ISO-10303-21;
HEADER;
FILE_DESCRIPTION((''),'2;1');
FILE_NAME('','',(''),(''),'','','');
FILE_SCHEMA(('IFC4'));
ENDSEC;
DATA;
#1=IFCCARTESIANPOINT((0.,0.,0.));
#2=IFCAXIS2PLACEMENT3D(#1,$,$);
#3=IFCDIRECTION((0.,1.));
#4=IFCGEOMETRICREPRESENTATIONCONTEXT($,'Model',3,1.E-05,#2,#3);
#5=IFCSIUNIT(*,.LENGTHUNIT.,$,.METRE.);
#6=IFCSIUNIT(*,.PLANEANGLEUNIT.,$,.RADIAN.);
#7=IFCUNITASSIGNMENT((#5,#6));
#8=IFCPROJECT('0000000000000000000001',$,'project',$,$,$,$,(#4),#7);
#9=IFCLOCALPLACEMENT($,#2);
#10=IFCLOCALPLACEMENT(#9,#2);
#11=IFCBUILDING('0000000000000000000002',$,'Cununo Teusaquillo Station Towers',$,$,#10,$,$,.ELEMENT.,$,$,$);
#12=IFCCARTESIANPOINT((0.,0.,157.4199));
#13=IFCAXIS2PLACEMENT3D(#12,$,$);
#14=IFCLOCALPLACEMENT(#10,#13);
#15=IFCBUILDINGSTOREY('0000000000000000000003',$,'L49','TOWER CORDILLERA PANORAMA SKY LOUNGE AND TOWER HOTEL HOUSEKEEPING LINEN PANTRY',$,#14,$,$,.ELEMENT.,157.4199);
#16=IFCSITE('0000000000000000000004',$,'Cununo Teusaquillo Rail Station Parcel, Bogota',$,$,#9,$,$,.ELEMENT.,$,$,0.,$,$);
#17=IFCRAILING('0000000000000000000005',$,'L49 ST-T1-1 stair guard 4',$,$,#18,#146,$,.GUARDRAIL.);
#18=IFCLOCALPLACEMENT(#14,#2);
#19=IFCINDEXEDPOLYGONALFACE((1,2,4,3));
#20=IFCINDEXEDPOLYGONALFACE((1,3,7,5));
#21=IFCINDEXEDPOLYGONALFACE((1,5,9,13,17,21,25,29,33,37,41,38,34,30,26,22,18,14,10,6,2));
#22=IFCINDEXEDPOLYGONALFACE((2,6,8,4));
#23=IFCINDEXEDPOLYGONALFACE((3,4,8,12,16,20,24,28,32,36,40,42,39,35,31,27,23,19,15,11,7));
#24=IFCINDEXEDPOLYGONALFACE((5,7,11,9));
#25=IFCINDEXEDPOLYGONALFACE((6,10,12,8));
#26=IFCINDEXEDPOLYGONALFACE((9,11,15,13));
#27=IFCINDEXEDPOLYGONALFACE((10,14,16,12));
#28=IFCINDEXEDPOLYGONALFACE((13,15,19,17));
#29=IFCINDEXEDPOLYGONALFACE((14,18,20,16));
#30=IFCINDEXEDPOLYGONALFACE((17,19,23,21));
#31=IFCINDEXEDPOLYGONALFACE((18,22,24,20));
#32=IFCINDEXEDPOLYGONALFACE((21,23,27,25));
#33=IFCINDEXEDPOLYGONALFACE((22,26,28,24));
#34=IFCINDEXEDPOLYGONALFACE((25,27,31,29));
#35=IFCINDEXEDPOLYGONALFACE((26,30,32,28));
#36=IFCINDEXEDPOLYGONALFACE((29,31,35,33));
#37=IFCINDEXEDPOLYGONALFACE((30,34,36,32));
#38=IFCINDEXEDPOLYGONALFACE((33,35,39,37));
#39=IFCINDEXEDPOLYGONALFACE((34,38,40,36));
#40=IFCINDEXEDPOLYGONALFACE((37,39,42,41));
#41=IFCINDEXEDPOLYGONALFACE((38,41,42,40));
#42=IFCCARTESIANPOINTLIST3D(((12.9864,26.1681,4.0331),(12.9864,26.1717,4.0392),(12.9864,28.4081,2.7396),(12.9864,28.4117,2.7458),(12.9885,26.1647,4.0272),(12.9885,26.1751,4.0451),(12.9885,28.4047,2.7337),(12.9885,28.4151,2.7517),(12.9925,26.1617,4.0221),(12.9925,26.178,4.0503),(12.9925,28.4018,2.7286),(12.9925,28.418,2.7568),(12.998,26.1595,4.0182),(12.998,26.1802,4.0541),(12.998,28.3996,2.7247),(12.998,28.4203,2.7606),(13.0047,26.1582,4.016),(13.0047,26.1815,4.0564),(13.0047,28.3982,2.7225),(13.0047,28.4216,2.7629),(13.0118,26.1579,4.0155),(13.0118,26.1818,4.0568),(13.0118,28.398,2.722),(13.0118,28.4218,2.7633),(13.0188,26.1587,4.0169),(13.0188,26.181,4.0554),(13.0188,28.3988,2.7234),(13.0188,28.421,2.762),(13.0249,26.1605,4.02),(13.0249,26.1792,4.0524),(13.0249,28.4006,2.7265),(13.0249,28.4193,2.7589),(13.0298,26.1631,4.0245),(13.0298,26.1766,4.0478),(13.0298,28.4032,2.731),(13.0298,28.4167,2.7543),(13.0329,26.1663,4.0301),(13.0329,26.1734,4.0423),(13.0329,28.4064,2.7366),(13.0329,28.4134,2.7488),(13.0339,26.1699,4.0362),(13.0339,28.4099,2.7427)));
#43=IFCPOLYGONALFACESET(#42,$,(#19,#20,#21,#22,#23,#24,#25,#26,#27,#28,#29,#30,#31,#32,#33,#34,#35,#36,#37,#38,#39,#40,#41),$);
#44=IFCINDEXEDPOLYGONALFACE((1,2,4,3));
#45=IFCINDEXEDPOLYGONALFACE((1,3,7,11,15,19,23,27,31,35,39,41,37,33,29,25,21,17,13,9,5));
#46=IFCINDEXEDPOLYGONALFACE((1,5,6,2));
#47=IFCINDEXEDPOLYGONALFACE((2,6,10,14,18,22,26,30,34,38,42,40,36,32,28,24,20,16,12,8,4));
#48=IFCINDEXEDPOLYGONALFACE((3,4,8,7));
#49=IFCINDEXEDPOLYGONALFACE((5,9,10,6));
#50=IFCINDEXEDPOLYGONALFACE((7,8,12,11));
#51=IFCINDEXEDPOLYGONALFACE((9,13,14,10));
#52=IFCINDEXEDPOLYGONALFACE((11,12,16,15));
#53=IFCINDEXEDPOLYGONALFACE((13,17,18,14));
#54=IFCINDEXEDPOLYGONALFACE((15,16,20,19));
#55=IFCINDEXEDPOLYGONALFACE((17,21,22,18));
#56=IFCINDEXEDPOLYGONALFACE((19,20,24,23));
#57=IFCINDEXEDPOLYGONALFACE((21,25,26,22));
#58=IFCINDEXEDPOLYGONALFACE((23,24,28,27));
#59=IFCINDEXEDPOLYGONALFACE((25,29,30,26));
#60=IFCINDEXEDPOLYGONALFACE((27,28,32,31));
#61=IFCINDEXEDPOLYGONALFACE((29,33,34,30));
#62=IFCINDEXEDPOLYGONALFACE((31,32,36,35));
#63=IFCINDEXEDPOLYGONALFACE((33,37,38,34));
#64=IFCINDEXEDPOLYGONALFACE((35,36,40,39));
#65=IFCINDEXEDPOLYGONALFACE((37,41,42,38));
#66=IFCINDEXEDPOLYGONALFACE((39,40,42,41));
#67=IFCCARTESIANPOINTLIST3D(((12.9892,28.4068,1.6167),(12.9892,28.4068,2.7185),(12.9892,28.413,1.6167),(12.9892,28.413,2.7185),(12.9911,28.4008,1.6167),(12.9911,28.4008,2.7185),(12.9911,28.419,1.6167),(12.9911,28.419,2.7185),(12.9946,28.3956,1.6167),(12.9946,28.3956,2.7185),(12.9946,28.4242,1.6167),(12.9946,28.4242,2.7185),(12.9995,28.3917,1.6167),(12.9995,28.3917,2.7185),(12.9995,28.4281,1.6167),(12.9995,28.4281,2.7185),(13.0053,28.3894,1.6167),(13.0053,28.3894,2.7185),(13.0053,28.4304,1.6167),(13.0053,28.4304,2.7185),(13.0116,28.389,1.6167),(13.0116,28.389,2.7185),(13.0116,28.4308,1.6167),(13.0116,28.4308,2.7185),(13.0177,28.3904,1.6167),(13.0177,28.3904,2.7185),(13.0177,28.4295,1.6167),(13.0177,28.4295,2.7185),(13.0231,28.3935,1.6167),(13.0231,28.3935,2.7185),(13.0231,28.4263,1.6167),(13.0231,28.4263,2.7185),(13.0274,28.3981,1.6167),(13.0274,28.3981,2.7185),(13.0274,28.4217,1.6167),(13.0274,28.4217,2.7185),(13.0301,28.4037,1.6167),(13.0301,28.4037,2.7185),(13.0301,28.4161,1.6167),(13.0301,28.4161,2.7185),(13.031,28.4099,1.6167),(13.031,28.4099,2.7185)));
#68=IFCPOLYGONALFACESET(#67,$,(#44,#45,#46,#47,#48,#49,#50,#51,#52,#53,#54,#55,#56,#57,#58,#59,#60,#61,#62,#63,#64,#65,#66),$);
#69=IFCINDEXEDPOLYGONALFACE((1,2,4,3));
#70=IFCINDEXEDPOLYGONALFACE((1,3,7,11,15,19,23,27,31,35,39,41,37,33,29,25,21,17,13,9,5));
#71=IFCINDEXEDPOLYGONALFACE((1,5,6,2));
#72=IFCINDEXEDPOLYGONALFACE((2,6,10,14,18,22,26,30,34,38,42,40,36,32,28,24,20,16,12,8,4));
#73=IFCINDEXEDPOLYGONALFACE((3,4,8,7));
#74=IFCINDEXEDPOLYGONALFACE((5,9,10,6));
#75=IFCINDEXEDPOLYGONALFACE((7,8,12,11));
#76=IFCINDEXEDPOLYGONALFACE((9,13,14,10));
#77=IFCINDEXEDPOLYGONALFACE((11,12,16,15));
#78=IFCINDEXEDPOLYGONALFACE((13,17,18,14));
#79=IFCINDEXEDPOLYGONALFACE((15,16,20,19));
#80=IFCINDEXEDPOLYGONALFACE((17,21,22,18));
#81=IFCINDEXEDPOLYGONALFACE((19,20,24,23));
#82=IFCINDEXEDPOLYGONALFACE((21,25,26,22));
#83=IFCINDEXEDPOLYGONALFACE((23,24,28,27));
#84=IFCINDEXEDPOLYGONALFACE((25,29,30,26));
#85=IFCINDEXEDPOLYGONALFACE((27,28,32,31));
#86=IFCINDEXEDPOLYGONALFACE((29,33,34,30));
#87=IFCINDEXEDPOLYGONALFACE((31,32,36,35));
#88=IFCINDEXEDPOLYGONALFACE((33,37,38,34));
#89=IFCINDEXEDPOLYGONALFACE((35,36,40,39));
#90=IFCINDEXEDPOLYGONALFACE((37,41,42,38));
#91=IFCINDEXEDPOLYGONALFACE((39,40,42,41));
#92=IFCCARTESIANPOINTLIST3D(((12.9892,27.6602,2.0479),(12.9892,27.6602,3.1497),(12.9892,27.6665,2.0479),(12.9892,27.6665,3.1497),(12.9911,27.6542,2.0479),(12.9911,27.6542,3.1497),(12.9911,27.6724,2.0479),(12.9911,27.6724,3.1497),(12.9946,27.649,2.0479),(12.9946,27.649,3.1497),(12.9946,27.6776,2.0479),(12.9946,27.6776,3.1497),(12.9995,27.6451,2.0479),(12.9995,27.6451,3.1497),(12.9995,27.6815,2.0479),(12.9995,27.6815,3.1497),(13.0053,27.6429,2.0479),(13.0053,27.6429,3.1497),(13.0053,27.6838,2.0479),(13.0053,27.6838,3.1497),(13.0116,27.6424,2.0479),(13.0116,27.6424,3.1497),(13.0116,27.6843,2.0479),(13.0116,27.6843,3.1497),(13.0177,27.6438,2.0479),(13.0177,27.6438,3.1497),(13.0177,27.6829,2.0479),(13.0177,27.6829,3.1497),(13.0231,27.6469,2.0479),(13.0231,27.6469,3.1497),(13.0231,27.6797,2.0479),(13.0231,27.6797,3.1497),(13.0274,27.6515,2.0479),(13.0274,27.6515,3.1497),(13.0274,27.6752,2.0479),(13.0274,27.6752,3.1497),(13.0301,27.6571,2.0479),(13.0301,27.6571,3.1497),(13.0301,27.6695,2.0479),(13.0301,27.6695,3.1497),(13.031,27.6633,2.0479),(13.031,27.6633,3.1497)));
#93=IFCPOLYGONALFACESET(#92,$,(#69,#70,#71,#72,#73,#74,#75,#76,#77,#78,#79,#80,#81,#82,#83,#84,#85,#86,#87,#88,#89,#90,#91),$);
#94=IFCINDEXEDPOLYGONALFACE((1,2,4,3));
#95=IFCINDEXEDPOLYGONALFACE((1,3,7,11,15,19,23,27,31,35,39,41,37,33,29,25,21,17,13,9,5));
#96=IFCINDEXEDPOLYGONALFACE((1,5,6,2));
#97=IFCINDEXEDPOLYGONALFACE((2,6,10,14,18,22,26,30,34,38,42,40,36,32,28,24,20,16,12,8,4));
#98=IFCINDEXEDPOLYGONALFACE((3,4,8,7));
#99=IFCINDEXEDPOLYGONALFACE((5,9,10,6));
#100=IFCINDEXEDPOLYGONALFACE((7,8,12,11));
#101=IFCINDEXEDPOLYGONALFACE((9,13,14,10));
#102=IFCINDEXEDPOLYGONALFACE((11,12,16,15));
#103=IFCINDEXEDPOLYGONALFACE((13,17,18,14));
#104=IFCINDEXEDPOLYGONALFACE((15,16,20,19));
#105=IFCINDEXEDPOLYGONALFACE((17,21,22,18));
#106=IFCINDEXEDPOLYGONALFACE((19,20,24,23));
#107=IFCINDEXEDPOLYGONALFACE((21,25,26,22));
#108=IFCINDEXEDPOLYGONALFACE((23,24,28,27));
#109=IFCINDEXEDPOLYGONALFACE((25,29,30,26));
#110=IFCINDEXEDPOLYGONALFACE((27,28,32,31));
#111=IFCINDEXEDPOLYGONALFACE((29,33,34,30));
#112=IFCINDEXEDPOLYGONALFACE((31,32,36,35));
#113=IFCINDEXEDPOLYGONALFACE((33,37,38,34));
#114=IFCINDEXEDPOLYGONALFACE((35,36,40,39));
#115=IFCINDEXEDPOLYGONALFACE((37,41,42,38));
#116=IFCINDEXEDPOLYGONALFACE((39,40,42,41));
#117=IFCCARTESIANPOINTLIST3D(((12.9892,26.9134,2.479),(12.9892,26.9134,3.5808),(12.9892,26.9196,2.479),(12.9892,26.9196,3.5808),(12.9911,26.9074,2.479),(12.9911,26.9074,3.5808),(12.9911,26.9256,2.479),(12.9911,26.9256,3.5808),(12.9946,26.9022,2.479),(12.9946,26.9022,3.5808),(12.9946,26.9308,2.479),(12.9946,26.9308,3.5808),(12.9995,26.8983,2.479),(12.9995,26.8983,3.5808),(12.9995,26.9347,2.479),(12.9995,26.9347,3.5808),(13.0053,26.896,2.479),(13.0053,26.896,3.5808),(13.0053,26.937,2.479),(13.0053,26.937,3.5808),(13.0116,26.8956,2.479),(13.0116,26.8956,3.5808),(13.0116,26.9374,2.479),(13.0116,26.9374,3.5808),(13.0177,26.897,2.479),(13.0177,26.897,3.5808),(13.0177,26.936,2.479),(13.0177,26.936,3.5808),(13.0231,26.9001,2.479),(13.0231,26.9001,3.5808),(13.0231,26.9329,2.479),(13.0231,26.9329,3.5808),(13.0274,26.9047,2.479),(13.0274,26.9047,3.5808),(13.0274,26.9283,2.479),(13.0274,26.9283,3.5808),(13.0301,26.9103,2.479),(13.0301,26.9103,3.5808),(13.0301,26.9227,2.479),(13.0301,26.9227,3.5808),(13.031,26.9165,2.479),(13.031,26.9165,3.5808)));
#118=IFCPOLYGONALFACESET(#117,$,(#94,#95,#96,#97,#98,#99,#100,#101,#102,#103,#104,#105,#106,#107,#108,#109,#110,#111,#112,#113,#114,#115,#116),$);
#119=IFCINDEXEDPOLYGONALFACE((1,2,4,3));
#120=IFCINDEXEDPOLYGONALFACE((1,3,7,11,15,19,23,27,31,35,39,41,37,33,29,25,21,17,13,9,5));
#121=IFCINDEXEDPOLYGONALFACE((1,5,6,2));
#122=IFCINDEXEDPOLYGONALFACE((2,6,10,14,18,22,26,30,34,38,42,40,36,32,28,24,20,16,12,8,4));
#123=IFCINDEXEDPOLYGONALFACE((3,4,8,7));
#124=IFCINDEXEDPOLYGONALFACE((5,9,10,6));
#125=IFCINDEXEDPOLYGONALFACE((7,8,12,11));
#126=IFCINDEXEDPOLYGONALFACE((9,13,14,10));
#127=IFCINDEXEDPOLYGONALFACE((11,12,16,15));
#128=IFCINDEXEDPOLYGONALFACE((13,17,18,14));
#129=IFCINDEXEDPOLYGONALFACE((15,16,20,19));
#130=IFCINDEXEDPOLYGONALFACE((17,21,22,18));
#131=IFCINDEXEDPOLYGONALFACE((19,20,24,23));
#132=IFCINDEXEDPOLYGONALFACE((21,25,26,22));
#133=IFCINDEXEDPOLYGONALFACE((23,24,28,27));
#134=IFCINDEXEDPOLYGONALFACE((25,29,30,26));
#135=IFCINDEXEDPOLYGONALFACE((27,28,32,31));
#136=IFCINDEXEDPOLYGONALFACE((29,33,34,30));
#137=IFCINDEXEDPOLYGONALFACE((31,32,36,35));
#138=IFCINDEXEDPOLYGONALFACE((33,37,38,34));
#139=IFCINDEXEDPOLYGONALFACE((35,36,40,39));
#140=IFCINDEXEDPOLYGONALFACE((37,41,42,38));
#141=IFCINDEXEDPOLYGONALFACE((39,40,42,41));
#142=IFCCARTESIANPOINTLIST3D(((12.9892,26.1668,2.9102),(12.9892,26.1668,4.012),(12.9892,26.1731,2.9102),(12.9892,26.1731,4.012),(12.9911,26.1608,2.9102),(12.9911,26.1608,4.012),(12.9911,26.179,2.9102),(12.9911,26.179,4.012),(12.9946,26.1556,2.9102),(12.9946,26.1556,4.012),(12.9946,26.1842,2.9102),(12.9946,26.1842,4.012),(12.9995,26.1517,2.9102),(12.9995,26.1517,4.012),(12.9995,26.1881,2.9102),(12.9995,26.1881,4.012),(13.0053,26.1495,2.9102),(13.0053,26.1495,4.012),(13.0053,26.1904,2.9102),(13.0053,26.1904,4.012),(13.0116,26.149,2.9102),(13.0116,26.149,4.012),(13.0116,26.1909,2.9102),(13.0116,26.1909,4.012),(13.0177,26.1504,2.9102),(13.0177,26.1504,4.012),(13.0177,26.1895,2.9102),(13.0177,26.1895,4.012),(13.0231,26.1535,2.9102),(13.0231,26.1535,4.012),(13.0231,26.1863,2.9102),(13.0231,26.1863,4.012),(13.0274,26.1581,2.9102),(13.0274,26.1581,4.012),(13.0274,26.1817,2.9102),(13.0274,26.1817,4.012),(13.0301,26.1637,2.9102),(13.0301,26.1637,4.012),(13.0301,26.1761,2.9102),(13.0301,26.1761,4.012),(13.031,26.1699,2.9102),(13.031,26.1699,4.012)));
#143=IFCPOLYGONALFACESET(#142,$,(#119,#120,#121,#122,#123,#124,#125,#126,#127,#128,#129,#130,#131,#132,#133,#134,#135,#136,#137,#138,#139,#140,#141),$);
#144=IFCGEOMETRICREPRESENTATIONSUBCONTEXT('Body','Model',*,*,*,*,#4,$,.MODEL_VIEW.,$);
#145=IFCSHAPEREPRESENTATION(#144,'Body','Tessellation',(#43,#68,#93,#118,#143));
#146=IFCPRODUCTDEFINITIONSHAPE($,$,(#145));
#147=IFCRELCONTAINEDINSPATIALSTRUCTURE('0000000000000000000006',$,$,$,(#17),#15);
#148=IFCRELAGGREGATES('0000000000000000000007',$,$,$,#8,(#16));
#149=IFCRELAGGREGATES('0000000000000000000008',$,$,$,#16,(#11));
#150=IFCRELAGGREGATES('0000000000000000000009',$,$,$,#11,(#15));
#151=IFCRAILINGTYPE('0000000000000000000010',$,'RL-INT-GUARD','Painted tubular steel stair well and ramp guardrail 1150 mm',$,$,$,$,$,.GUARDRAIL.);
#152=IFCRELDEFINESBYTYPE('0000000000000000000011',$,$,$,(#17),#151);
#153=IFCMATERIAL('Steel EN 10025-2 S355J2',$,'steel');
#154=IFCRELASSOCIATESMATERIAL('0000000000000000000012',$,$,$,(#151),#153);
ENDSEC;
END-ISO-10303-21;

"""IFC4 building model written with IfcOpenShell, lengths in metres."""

from ifc_helpers import new_model, si_unit, direction, frame, origin, origin_2d, place, context, subcontext, project, spatial, circle, extrude, material, type_object, element, save


model = new_model("IFC4")

# Units and contexts
model_context = context("Model", 3, precision=1e-05, world=origin(), true_north=direction((0.0, 1.0)))
body_context = subcontext(model_context, "Body", "Model", "MODEL_VIEW")
ifc_project = project(units=[si_unit("LENGTHUNIT", "METRE"), si_unit("PLANEANGLEUNIT", "RADIAN")], contexts=[model_context])

# Site, building, storey
site_placement = place(None, origin())
site = spatial("IfcSite", under=ifc_project, at=site_placement, Name="Cununo Teusaquillo Rail Station Parcel, Bogota", CompositionType="ELEMENT", RefElevation=0.0)
building_placement = place(site_placement, origin())
building = spatial("IfcBuilding", under=site, at=building_placement, Name="Cununo Teusaquillo Station Towers", CompositionType="ELEMENT")
storey_placement = place(building_placement, frame((0.0, 0.0, 157.4199)))
storey = spatial("IfcBuildingStorey", under=building, at=storey_placement, Name="L49", Description="TOWER CORDILLERA PANORAMA SKY LOUNGE AND TOWER HOTEL HOUSEKEEPING LINEN PANTRY", CompositionType="ELEMENT", Elevation=157.4199)

# Railing
ifc_material_1 = material(Name="Steel EN 10025-2 S355J2", Category="steel")
railing_type_1 = type_object("IfcRailingType", Name="RL-INT-GUARD", Description="Painted tubular steel stair well and ramp guardrail 1150 mm", PredefinedType="GUARDRAIL", material=ifc_material_1)
railing_1_placement = place(storey_placement, frame((13.01, 28.4099, 1.6167)))
element("IfcRailing", 1, at=railing_1_placement, inside=storey, type_object=railing_type_1, Name="L49 ST-T1-1 stair guard 4", PredefinedType="GUARDRAIL", context=body_context, shape_type="SweptSolid", body=[
    extrude(circle(Radius=0.0239, at=origin_2d()), frame((0.0, 0.0, 1.126), z_axis=(0.0, -0.865992, 0.500057), x_axis=(1.0, 0.0, 0.0)), (0.0, 0.0, 1.0), 2.5867),
    extrude(circle(Radius=0.021, at=origin_2d()), origin(), (0.0, 0.0, 1.0), 1.1018),
    extrude(circle(Radius=0.021, at=origin_2d()), frame((0.0, -0.7466, 0.4312)), (0.0, 0.0, 1.0), 1.1018),
    extrude(circle(Radius=0.021, at=origin_2d()), frame((0.0, -1.4934, 0.8623)), (0.0, 0.0, 1.0), 1.1018),
    extrude(circle(Radius=0.021, at=origin_2d()), frame((0.0, -2.24, 1.2935)), (0.0, 0.0, 1.0), 1.1018),
])

save(model, "model.ifc")
